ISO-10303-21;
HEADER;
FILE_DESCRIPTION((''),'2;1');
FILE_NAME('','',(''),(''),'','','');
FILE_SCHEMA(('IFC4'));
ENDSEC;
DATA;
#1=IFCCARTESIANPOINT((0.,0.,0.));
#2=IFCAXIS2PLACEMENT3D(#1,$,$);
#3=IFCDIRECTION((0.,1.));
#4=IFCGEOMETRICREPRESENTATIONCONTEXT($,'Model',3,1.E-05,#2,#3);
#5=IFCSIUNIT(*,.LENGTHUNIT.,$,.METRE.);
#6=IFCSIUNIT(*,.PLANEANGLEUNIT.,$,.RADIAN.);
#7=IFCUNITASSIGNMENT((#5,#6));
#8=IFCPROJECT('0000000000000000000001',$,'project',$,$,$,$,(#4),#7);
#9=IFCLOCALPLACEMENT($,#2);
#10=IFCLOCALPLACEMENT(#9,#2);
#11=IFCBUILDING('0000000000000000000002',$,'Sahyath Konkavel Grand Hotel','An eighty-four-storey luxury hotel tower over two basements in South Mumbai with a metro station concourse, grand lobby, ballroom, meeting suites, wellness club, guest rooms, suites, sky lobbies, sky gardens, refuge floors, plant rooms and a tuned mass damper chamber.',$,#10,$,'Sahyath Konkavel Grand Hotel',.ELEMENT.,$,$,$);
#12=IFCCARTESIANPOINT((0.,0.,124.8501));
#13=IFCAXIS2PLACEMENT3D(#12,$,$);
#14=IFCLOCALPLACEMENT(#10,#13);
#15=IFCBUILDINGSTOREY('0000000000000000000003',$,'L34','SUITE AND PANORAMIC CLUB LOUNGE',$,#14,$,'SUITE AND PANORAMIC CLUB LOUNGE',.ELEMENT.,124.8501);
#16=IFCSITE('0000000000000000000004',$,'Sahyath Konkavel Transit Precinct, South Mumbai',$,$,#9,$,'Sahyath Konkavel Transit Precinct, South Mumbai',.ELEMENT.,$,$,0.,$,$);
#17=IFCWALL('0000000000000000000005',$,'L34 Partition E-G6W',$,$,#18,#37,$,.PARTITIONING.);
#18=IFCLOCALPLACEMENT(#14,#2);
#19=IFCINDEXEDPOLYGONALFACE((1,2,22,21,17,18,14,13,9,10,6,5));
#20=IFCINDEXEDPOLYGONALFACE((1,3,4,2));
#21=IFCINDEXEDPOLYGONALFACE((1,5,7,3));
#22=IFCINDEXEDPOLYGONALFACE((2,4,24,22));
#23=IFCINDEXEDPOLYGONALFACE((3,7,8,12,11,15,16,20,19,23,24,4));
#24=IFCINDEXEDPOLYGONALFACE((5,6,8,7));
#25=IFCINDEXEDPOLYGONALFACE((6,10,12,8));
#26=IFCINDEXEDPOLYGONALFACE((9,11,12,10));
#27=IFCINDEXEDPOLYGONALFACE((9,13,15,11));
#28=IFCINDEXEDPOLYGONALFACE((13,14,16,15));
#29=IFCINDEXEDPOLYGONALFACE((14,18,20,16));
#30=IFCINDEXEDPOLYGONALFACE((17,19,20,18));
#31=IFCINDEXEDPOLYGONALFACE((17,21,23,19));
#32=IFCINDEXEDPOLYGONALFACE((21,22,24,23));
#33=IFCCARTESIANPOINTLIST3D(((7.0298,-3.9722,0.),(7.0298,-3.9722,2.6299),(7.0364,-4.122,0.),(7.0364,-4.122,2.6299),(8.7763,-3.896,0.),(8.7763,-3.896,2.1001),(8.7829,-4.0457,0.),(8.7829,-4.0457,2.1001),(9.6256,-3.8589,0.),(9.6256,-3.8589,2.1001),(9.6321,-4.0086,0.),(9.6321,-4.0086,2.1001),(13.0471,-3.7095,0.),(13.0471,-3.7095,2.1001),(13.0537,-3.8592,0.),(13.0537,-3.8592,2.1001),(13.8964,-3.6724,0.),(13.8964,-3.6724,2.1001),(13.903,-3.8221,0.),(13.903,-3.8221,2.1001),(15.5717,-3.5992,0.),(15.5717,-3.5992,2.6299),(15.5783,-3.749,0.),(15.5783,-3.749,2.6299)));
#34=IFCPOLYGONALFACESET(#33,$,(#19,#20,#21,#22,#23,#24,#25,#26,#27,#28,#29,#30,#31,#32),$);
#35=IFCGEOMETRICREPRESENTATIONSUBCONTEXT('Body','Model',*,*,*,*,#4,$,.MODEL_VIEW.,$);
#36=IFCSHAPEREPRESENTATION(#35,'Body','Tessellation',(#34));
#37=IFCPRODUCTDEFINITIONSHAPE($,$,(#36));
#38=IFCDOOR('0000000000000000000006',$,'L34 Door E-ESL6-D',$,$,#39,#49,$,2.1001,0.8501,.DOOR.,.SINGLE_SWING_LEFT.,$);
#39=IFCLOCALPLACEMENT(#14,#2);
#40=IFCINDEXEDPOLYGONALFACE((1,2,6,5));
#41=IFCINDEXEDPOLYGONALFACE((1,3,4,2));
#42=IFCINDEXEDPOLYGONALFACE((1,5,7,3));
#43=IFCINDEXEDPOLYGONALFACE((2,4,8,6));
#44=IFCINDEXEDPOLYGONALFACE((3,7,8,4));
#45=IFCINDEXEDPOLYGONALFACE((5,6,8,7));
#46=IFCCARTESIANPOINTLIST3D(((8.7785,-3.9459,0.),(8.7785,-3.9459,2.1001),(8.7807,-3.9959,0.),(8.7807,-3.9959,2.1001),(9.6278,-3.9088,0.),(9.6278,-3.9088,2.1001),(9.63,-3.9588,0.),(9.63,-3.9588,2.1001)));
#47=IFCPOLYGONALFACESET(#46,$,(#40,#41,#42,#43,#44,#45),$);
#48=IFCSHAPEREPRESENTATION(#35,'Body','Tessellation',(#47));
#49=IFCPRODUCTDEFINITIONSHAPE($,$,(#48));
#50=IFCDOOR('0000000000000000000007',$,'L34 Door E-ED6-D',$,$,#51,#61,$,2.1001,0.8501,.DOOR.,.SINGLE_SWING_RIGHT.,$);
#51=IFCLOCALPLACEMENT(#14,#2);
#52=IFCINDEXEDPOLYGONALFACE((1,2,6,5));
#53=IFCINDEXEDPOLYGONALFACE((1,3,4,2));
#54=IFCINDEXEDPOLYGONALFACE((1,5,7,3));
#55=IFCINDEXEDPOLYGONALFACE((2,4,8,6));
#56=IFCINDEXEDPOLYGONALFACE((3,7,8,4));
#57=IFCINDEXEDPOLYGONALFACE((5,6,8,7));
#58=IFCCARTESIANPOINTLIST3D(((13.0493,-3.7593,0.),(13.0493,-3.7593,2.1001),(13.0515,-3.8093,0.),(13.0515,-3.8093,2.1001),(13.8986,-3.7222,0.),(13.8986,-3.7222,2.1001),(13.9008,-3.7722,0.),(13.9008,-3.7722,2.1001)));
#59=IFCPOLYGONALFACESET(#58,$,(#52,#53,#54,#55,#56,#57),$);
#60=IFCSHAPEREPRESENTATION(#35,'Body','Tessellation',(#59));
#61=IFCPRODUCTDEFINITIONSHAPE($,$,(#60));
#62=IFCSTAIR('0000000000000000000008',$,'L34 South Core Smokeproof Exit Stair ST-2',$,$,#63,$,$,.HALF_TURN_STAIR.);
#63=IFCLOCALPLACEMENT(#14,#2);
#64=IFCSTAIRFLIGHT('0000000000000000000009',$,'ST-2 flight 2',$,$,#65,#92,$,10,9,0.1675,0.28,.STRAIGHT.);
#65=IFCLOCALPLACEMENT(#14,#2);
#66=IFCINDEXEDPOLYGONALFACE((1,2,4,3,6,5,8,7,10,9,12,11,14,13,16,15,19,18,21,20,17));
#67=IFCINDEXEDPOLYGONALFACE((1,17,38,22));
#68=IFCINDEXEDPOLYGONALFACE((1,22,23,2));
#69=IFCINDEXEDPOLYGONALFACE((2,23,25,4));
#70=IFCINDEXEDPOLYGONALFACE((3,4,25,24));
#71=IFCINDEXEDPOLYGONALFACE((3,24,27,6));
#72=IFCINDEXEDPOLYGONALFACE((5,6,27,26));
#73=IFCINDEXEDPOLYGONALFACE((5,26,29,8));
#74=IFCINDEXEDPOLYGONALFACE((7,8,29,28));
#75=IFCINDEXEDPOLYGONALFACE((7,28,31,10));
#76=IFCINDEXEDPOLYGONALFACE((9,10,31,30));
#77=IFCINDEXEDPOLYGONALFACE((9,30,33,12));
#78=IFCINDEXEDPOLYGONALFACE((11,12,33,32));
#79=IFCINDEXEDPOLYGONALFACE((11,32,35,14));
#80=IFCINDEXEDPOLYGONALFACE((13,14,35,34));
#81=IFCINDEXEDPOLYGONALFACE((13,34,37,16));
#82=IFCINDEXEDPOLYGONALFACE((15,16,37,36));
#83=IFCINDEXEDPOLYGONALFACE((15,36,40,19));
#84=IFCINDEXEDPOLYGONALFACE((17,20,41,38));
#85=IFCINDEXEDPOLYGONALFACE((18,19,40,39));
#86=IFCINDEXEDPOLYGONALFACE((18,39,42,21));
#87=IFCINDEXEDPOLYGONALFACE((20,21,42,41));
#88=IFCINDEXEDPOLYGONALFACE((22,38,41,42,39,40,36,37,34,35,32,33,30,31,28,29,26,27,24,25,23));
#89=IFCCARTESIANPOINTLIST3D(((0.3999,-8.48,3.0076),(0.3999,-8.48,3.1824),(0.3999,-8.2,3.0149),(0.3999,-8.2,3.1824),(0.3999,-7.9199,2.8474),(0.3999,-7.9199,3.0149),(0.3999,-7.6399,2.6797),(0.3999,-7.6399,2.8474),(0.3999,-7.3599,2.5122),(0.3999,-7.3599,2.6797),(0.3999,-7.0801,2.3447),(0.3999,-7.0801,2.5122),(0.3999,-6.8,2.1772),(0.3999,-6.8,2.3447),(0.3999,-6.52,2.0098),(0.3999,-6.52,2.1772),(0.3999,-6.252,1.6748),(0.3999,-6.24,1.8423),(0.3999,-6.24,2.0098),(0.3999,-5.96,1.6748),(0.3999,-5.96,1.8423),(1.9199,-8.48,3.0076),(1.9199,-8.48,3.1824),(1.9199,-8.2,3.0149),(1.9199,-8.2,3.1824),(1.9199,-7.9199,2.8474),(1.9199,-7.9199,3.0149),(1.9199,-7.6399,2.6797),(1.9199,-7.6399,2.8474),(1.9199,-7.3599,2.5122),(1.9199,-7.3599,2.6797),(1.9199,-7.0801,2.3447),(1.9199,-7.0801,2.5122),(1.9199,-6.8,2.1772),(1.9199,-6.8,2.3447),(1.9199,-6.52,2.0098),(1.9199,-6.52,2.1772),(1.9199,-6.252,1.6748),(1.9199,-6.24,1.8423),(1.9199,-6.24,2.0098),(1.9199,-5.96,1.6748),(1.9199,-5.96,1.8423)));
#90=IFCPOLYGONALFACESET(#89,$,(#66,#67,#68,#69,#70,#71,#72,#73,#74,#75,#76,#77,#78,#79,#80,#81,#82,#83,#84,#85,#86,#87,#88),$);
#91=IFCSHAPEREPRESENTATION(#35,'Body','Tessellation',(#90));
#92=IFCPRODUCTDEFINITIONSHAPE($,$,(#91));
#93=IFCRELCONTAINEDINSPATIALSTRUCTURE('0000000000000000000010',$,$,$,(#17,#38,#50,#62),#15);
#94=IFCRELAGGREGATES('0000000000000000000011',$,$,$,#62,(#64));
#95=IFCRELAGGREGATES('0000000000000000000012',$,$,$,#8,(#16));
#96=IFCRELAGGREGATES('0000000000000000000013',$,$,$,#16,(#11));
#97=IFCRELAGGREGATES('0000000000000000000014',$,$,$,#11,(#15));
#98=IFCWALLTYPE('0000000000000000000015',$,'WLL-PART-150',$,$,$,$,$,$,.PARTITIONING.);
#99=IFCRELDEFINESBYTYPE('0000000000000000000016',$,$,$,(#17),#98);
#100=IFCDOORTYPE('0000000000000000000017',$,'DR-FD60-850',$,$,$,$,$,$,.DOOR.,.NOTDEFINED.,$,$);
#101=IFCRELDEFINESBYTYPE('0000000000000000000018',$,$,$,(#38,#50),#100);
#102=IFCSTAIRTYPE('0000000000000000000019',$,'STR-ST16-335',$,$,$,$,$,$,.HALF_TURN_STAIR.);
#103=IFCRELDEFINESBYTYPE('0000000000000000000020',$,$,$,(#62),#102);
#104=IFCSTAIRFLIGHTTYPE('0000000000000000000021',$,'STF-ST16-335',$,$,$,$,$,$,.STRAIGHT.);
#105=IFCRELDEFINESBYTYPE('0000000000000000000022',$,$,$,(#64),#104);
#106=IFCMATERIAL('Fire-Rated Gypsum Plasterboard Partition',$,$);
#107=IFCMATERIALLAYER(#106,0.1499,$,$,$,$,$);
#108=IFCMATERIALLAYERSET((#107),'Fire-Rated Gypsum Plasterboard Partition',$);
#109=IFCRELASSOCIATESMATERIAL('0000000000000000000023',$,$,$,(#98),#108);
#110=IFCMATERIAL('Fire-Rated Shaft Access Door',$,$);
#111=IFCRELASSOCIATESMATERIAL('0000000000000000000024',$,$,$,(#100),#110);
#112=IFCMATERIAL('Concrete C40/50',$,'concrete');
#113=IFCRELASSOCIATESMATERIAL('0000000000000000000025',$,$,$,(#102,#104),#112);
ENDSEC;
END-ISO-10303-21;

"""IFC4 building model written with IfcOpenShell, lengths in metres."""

from ifc_helpers import new_model, si_unit, direction, frame, frame_2d, origin, origin_2d, place, context, subcontext, project, spatial, polyline, rectangle, outline, extrude, source, transform, mapped, material, layer, layer_set, type_object, element, fill, aggregate, save


model = new_model("IFC4")

# Units and contexts
model_context = context("Model", 3, precision=1e-05, world=origin(), true_north=direction((0.0, 1.0)))
body_context = subcontext(model_context, "Body", "Model", "MODEL_VIEW")
ifc_project = project(units=[si_unit("LENGTHUNIT", "METRE"), si_unit("PLANEANGLEUNIT", "RADIAN")], contexts=[model_context])

# Site, building, storey
site_placement = place(None, origin())
site = spatial("IfcSite", under=ifc_project, at=site_placement, Name="Sahyath Konkavel Transit Precinct, South Mumbai", LongName="Sahyath Konkavel Transit Precinct, South Mumbai", CompositionType="ELEMENT", RefElevation=0.0)
building_placement = place(site_placement, origin())
building = spatial("IfcBuilding", under=site, at=building_placement, Name="Sahyath Konkavel Grand Hotel", Description="An eighty-four-storey luxury hotel tower over two basements in South Mumbai with a metro station concourse, grand lobby, ballroom, meeting suites, wellness club, guest rooms, suites, sky lobbies, sky gardens, refuge floors, plant rooms and a tuned mass damper chamber.", LongName="Sahyath Konkavel Grand Hotel", CompositionType="ELEMENT")
storey_placement = place(building_placement, frame((0.0, 0.0, 124.8501)))
storey = spatial("IfcBuildingStorey", under=building, at=storey_placement, Name="L34", Description="SUITE AND PANORAMIC CLUB LOUNGE", LongName="SUITE AND PANORAMIC CLUB LOUNGE", CompositionType="ELEMENT", Elevation=124.8501)

# Shared definitions
ifc_material_1 = material(Name="Concrete C40/50", Category="concrete")

# Shared definitions
ifc_material_2 = material(Name="Fire-Rated Gypsum Plasterboard Partition")
ifc_layer_1 = layer(ifc_material_2, 0.1499)
ifc_layer_set_1 = layer_set([ifc_layer_1], Name="Fire-Rated Gypsum Plasterboard Partition")
wall_type_1 = type_object("IfcWallType", Name="WLL-PART-150", PredefinedType="PARTITIONING", material=ifc_layer_set_1)
ifc_material_3 = material(Name="Fire-Rated Shaft Access Door")
door_type_1 = type_object("IfcDoorType", Name="DR-FD60-850", OperationType="NOTDEFINED", PredefinedType="DOOR", material=ifc_material_3)
shared_shape_1 = source(origin(), body_context, "Body", "SweptSolid", [
    extrude(rectangle(XDim=0.8501, YDim=0.05, at=origin_2d()), origin(), (0.0, 0.0, 1.0), 2.1001),
])

# Wall, openings, doors
wall_1_placement = place(storey_placement, frame((7.0332, -4.0471, 0.0), z_axis=(0.0, 0.0, 1.0), x_axis=(0.999048, 0.043631, 0.0)))
wall_1 = element("IfcWall", 1, at=wall_1_placement, inside=storey, type_object=wall_type_1, Name="L34 Partition E-G6W", PredefinedType="PARTITIONING", context=body_context, shape_type="SweptSolid", body=[
    extrude(rectangle(XDim=8.55, YDim=0.1499, at=frame_2d((4.2749, 0.0))), origin(), (0.0, 0.0, 1.0), 2.6299),
])
opening_1_placement = place(wall_1_placement, frame((1.748, 0.0, 0.0)))
opening_1 = element("IfcOpeningElement", 2, at=opening_1_placement, cuts=wall_1, PredefinedType="OPENING", context=body_context, shape_type="SweptSolid", body=[
    extrude(rectangle(XDim=0.8501, YDim=2.1001, at=frame_2d((0.425, 1.05))), frame((0.0, 0.085, 0.0), z_axis=(0.0, -1.0, 0.0), x_axis=(1.0, 0.0, 0.0)), (0.0, 0.0, 1.0), 0.1699),
])
opening_2_placement = place(wall_1_placement, frame((6.0229, 0.0, 0.0)))
opening_2 = element("IfcOpeningElement", 3, at=opening_2_placement, cuts=wall_1, PredefinedType="OPENING", context=body_context, shape_type="SweptSolid", body=[
    extrude(rectangle(XDim=0.8501, YDim=2.1001, at=frame_2d((0.425, 1.05))), frame((0.0, 0.085, 0.0), z_axis=(0.0, -1.0, 0.0), x_axis=(1.0, 0.0, 0.0)), (0.0, 0.0, 1.0), 0.1699),
])
door_1_placement = place(opening_1_placement, frame((0.425, 0.0, 0.0)))
door_1 = element("IfcDoor", 4, at=door_1_placement, inside=storey, type_object=door_type_1, Name="L34 Door E-ESL6-D", OperationType="SINGLE_SWING_LEFT", OverallHeight=2.1001, OverallWidth=0.8501, PredefinedType="DOOR", context=body_context, shape_type="MappedRepresentation", body=[
    mapped(shared_shape_1, transform((0.0, 0.0, 0.0), scale=1.0)),
])
fill(opening_1, door_1)
door_2_placement = place(opening_2_placement, frame((0.425, 0.0, 0.0)))
door_2 = element("IfcDoor", 5, at=door_2_placement, inside=storey, type_object=door_type_1, Name="L34 Door E-ED6-D", OperationType="SINGLE_SWING_RIGHT", OverallHeight=2.1001, OverallWidth=0.8501, PredefinedType="DOOR", context=body_context, shape_type="MappedRepresentation", body=[
    mapped(shared_shape_1, transform((0.0, 0.0, 0.0), scale=1.0)),
])
fill(opening_2, door_2)

# Stair, stair flight
stair_type = type_object("IfcStairType", Name="STR-ST16-335", PredefinedType="HALF_TURN_STAIR", material=ifc_material_1)
stair_placement = place(storey_placement, origin())
stair = element("IfcStair", 6, at=stair_placement, inside=storey, type_object=stair_type, Name="L34 South Core Smokeproof Exit Stair ST-2", PredefinedType="HALF_TURN_STAIR")
stair_flight_type = type_object("IfcStairFlightType", Name="STF-ST16-335", PredefinedType="STRAIGHT", material=ifc_material_1)
stair_flight_placement = place(storey_placement, frame((1.1599, -5.96, 1.6748), z_axis=(0.0, 0.0, 1.0), x_axis=(0.0, -1.0, 0.0)))
stair_flight = element("IfcStairFlight", 7, at=stair_flight_placement, type_object=stair_flight_type, Name="ST-2 flight 2", NumberOfRisers=10, NumberOfTreads=9, PredefinedType="STRAIGHT", RiserHeight=0.1675, TreadLength=0.28, context=body_context, shape_type="SweptSolid", body=[
    extrude(outline(polyline([(0.0, 0.0), (0.0, 0.1675), (0.28, 0.1675), (0.28, 0.335), (0.5601, 0.335), (0.5601, 0.5024), (0.8401, 0.5024), (0.8401, 0.6699), (1.1201, 0.6699), (1.1201, 0.8374), (1.3999, 0.8374), (1.3999, 1.0049), (1.6799, 1.0049), (1.6799, 1.1726), (1.96, 1.1726), (1.96, 1.3401), (2.24, 1.3401), (2.24, 1.5076), (2.52, 1.5076), (2.52, 1.675), (2.52, 1.3328), (0.292, 0.0), (0.0, 0.0)])), frame((0.0, 0.76, 0.0), z_axis=(0.0, -1.0, 0.0), x_axis=(1.0, 0.0, 0.0)), (0.0, 0.0, 1.0), 1.52),
])
aggregate(stair, [stair_flight])

save(model, "model.ifc")
